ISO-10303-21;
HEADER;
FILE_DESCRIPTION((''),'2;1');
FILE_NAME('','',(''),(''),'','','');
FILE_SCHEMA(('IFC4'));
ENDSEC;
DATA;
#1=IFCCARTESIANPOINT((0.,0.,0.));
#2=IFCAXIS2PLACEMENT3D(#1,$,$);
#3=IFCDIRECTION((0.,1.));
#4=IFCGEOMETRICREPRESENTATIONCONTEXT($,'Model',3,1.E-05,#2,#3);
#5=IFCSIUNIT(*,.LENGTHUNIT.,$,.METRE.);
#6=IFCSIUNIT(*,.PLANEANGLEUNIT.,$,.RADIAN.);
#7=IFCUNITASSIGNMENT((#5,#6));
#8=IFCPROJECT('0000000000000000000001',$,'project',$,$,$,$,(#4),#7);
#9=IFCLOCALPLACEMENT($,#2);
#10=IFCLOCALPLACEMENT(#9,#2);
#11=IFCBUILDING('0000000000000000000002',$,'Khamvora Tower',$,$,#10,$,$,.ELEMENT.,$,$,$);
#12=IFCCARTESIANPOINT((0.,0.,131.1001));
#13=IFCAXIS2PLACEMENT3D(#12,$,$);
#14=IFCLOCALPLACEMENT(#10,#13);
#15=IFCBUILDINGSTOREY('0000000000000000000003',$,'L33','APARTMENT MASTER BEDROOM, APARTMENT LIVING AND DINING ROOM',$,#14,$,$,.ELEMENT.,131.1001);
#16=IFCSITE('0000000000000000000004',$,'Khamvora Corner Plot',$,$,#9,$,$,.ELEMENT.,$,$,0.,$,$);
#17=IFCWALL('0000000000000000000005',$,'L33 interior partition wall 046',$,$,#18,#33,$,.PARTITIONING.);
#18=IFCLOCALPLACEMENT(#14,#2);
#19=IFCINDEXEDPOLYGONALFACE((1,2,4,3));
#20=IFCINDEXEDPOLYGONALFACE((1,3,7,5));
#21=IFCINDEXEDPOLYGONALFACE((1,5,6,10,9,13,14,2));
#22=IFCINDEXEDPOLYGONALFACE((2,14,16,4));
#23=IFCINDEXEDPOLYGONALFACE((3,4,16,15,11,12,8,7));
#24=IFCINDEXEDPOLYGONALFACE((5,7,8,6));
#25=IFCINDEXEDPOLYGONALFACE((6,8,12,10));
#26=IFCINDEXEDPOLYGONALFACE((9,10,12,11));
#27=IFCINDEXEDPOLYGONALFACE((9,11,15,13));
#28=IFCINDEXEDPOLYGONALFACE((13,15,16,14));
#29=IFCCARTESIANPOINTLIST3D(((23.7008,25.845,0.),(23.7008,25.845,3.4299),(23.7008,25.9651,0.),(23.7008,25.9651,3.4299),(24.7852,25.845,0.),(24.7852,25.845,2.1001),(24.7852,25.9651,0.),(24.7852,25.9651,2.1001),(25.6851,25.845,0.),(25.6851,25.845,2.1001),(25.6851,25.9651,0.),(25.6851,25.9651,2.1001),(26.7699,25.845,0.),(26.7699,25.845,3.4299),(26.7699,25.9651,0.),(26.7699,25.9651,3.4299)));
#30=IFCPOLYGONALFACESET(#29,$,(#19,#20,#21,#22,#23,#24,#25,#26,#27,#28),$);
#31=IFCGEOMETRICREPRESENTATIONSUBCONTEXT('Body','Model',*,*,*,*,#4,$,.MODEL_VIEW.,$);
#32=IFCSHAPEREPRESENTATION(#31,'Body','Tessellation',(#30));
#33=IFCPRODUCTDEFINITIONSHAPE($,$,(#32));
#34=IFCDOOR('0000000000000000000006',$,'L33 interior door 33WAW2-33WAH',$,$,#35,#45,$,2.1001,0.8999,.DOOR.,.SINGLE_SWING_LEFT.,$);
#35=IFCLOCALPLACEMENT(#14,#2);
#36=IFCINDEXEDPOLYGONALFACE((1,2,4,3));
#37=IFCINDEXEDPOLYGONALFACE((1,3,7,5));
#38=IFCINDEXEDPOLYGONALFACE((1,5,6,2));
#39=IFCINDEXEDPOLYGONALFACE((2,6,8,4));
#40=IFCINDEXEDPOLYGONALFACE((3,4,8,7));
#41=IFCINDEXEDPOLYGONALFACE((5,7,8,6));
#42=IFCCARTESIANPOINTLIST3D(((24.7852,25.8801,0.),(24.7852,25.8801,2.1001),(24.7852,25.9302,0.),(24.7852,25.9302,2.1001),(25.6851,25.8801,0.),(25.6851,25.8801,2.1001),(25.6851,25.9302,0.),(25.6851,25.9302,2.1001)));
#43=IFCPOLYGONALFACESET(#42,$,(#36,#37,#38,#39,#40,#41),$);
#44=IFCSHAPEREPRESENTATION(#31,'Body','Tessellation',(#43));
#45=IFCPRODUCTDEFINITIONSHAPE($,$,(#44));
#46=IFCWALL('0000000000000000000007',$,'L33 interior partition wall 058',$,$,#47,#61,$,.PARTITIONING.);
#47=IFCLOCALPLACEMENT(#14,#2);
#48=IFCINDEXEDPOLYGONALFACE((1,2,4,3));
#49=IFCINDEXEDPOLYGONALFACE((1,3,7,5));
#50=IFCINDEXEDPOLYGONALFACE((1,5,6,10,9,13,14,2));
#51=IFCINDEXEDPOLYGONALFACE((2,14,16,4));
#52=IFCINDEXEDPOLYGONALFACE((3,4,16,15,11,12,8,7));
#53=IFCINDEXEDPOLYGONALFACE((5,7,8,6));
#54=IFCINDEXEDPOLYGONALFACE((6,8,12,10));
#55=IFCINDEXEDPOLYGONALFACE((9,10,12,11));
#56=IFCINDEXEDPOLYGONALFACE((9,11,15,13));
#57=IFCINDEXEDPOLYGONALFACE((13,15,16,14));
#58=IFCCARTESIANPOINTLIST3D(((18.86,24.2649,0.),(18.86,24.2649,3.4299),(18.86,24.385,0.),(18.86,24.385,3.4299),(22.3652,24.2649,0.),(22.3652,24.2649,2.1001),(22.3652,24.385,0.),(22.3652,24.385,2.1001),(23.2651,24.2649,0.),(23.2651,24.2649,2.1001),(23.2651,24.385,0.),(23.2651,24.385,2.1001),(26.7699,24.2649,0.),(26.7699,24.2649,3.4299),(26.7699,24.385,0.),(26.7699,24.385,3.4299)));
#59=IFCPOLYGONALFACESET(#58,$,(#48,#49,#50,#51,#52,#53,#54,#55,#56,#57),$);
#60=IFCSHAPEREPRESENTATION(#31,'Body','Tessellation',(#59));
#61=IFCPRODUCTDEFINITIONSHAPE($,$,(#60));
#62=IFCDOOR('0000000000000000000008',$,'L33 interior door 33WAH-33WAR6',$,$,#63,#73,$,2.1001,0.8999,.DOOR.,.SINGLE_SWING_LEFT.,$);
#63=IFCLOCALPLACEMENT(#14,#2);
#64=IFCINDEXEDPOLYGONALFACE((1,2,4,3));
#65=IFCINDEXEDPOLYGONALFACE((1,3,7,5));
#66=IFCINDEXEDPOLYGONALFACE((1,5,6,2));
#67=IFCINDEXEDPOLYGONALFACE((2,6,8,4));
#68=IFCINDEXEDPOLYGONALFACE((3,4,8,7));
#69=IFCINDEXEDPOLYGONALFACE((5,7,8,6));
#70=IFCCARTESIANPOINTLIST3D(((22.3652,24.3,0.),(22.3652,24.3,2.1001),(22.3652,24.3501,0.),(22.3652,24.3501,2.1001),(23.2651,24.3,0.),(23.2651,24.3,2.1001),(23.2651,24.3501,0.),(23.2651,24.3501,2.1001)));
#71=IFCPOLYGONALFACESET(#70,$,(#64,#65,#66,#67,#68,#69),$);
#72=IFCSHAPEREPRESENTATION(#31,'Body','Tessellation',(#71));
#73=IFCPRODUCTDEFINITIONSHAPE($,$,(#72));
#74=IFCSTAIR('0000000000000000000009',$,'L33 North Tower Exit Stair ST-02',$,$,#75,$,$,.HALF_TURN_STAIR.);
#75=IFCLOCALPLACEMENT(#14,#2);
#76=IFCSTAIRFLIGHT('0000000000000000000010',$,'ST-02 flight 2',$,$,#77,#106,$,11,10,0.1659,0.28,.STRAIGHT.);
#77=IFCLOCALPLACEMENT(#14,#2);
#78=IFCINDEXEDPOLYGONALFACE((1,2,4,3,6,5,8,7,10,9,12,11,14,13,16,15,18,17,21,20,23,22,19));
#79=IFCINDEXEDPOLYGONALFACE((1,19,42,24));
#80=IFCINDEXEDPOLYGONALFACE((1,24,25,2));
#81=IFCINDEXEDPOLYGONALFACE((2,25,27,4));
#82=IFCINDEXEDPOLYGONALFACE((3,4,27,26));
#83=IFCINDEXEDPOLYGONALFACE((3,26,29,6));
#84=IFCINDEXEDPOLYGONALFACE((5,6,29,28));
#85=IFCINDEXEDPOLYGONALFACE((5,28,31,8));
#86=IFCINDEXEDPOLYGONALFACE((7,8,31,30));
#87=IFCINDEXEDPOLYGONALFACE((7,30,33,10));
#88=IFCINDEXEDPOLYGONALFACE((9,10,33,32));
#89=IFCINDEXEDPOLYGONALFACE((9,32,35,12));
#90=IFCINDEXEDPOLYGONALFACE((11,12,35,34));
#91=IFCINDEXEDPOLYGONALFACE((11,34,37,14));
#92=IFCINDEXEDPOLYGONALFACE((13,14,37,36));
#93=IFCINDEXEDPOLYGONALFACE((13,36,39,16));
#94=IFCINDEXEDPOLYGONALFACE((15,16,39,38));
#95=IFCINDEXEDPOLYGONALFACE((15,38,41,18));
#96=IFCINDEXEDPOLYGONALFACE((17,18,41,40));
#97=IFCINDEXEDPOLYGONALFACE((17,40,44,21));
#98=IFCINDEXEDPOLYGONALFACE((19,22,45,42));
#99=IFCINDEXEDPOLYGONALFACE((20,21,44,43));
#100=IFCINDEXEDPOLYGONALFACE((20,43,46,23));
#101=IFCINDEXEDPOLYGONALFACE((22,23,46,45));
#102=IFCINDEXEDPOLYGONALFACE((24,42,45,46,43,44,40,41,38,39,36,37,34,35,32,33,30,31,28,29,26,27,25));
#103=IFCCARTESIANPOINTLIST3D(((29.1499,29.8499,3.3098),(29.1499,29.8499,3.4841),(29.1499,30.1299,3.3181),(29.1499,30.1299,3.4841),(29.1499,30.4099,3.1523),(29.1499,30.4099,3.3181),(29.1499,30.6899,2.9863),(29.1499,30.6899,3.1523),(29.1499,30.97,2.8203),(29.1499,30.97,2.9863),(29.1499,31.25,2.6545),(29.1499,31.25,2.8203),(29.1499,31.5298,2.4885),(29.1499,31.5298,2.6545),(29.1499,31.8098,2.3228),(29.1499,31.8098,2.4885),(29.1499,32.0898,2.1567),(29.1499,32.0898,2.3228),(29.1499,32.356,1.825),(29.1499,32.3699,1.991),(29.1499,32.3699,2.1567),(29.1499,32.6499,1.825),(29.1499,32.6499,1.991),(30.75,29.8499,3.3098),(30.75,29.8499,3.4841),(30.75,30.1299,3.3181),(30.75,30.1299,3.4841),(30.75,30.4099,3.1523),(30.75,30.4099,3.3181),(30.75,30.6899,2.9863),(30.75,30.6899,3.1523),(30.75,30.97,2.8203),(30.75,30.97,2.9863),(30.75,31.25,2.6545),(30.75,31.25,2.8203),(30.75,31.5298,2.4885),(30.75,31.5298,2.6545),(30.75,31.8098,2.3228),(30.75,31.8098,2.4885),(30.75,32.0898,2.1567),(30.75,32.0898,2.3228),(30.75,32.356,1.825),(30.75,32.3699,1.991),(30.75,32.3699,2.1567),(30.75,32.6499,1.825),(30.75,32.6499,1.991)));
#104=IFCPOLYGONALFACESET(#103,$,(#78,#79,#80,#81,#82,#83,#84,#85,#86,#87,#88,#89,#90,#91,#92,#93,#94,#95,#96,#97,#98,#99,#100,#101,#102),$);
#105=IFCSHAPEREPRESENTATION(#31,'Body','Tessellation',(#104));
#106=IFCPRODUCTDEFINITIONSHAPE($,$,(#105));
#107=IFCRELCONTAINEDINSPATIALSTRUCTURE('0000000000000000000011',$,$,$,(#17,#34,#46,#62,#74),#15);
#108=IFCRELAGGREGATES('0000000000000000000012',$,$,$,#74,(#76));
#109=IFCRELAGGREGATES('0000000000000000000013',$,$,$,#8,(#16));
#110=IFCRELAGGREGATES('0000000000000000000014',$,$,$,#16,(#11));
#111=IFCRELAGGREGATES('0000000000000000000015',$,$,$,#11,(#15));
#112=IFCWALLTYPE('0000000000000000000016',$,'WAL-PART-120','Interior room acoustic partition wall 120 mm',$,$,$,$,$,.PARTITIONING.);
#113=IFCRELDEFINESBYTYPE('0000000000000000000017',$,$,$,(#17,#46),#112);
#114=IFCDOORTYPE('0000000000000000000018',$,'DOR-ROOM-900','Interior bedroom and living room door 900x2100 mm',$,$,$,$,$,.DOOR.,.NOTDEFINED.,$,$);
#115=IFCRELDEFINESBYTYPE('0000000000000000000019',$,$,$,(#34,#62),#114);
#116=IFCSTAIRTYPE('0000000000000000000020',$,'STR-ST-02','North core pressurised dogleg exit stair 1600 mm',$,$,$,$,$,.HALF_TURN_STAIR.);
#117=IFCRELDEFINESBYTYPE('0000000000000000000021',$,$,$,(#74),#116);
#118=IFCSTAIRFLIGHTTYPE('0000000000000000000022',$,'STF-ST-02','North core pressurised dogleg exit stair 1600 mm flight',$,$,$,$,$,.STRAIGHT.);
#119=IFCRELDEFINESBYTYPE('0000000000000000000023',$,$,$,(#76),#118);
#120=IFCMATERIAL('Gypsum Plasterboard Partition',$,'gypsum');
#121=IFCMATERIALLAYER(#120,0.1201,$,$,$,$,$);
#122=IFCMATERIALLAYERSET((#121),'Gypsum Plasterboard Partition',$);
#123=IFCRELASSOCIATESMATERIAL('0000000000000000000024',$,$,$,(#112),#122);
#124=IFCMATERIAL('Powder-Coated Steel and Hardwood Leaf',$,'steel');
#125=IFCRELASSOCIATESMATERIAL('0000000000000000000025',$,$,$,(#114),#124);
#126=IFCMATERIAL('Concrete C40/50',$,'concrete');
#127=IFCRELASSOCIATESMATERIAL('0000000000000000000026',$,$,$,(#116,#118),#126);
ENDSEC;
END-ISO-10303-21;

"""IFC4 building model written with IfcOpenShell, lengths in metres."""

from ifc_helpers import new_model, si_unit, direction, frame, frame_2d, origin, place, context, subcontext, project, spatial, polyline, rectangle, outline, extrude, material, layer, layer_set, type_object, element, fill, aggregate, save


model = new_model("IFC4")

# Units and contexts
model_context = context("Model", 3, precision=1e-05, world=origin(), true_north=direction((0.0, 1.0)))
body_context = subcontext(model_context, "Body", "Model", "MODEL_VIEW")
ifc_project = project(units=[si_unit("LENGTHUNIT", "METRE"), si_unit("PLANEANGLEUNIT", "RADIAN")], contexts=[model_context])

# Site, building, storey
site_placement = place(None, origin())
site = spatial("IfcSite", under=ifc_project, at=site_placement, Name="Khamvora Corner Plot", CompositionType="ELEMENT", RefElevation=0.0)
building_placement = place(site_placement, origin())
building = spatial("IfcBuilding", under=site, at=building_placement, Name="Khamvora Tower", CompositionType="ELEMENT")
storey_placement = place(building_placement, frame((0.0, 0.0, 131.1001)))
storey = spatial("IfcBuildingStorey", under=building, at=storey_placement, Name="L33", Description="APARTMENT MASTER BEDROOM, APARTMENT LIVING AND DINING ROOM", CompositionType="ELEMENT", Elevation=131.1001)

# Walls, openings, doors
ifc_material_1 = material(Name="Gypsum Plasterboard Partition", Category="gypsum")
ifc_layer_1 = layer(ifc_material_1, 0.1201)
ifc_layer_set_1 = layer_set([ifc_layer_1], Name="Gypsum Plasterboard Partition")
wall_type_1 = type_object("IfcWallType", Name="WAL-PART-120", Description="Interior room acoustic partition wall 120 mm", PredefinedType="PARTITIONING", material=ifc_layer_set_1)
wall_1_placement = place(storey_placement, frame((26.77, 25.905, 0.0), z_axis=(0.0, 0.0, 1.0), x_axis=(-1.0, 0.0, 0.0)))
wall_1 = element("IfcWall", 1, at=wall_1_placement, inside=storey, type_object=wall_type_1, Name="L33 interior partition wall 046", PredefinedType="PARTITIONING", context=body_context, shape_type="SweptSolid", body=[
    extrude(rectangle(XDim=3.0691, YDim=0.1201, at=frame_2d((1.5347, 0.0))), origin(), (0.0, 0.0, 1.0), 3.4299),
])
opening_1_placement = place(wall_1_placement, frame((1.085, 0.0, 0.0)))
opening_1 = element("IfcOpeningElement", 2, at=opening_1_placement, cuts=wall_1, PredefinedType="OPENING", context=body_context, shape_type="SweptSolid", body=[
    extrude(rectangle(XDim=0.8999, YDim=2.1001, at=frame_2d((0.45, 1.05))), frame((0.0, 0.0701, 0.0), z_axis=(0.0, -1.0, 0.0), x_axis=(1.0, 0.0, 0.0)), (0.0, 0.0, 1.0), 0.1401),
])
ifc_material_2 = material(Name="Powder-Coated Steel and Hardwood Leaf", Category="steel")
door_type = type_object("IfcDoorType", Name="DOR-ROOM-900", Description="Interior bedroom and living room door 900x2100 mm", OperationType="NOTDEFINED", PredefinedType="DOOR", material=ifc_material_2)
door_1_placement = place(opening_1_placement, origin())
door_1 = element("IfcDoor", 3, at=door_1_placement, inside=storey, type_object=door_type, Name="L33 interior door 33WAW2-33WAH", OperationType="SINGLE_SWING_LEFT", OverallHeight=2.1001, OverallWidth=0.8999, PredefinedType="DOOR", context=body_context, shape_type="SweptSolid", body=[
    extrude(rectangle(XDim=0.8999, YDim=2.1001, at=frame_2d((0.45, 1.05))), frame((0.0, 0.0249, 0.0), z_axis=(0.0, -1.0, 0.0), x_axis=(1.0, 0.0, 0.0)), (0.0, 0.0, 1.0), 0.05),
])
fill(opening_1, door_1)
wall_2_placement = place(storey_placement, frame((26.77, 24.325, 0.0), z_axis=(0.0, 0.0, 1.0), x_axis=(-1.0, 0.0, 0.0)))
wall_2 = element("IfcWall", 4, at=wall_2_placement, inside=storey, type_object=wall_type_1, Name="L33 interior partition wall 058", PredefinedType="PARTITIONING", context=body_context, shape_type="SweptSolid", body=[
    extrude(rectangle(XDim=7.9099, YDim=0.1201, at=frame_2d((3.9551, 0.0))), origin(), (0.0, 0.0, 1.0), 3.4299),
])
opening_2_placement = place(wall_2_placement, frame((3.5049, 0.0, 0.0)))
opening_2 = element("IfcOpeningElement", 5, at=opening_2_placement, cuts=wall_2, PredefinedType="OPENING", context=body_context, shape_type="SweptSolid", body=[
    extrude(rectangle(XDim=0.8999, YDim=2.1001, at=frame_2d((0.45, 1.05))), frame((0.0, 0.0701, 0.0), z_axis=(0.0, -1.0, 0.0), x_axis=(1.0, 0.0, 0.0)), (0.0, 0.0, 1.0), 0.1401),
])
door_2_placement = place(opening_2_placement, origin())
door_2 = element("IfcDoor", 6, at=door_2_placement, inside=storey, type_object=door_type, Name="L33 interior door 33WAH-33WAR6", OperationType="SINGLE_SWING_LEFT", OverallHeight=2.1001, OverallWidth=0.8999, PredefinedType="DOOR", context=body_context, shape_type="SweptSolid", body=[
    extrude(rectangle(XDim=0.8999, YDim=2.1001, at=frame_2d((0.45, 1.05))), frame((0.0, 0.0249, 0.0), z_axis=(0.0, -1.0, 0.0), x_axis=(1.0, 0.0, 0.0)), (0.0, 0.0, 1.0), 0.05),
])
fill(opening_2, door_2)

# Stair, stair flight
ifc_material_3 = material(Name="Concrete C40/50", Category="concrete")
stair_type = type_object("IfcStairType", Name="STR-ST-02", Description="North core pressurised dogleg exit stair 1600 mm", PredefinedType="HALF_TURN_STAIR", material=ifc_material_3)
stair_placement = place(storey_placement, origin())
stair = element("IfcStair", 7, at=stair_placement, inside=storey, type_object=stair_type, Name="L33 North Tower Exit Stair ST-02", PredefinedType="HALF_TURN_STAIR")
stair_flight_type = type_object("IfcStairFlightType", Name="STF-ST-02", Description="North core pressurised dogleg exit stair 1600 mm flight", PredefinedType="STRAIGHT", material=ifc_material_3)
stair_flight_placement = place(storey_placement, frame((29.95, 32.6499, 1.825), z_axis=(0.0, 0.0, 1.0), x_axis=(0.0, -1.0, 0.0)))
stair_flight = element("IfcStairFlight", 8, at=stair_flight_placement, type_object=stair_flight_type, Name="ST-02 flight 2", NumberOfRisers=11, NumberOfTreads=10, PredefinedType="STRAIGHT", RiserHeight=0.1659, TreadLength=0.28, context=body_context, shape_type="SweptSolid", body=[
    extrude(outline(polyline([(0.0, 0.0), (0.0, 0.166), (0.28, 0.166), (0.28, 0.3318), (0.5601, 0.3318), (0.5601, 0.4978), (0.8401, 0.4978), (0.8401, 0.6636), (1.1201, 0.6636), (1.1201, 0.8296), (1.3999, 0.8296), (1.3999, 0.9954), (1.6799, 0.9954), (1.6799, 1.1614), (1.96, 1.1614), (1.96, 1.3274), (2.24, 1.3274), (2.24, 1.4932), (2.52, 1.4932), (2.52, 1.6592), (2.8, 1.6592), (2.8, 1.825), (2.8, 1.4849), (0.2939, 0.0), (0.0, 0.0)])), frame((0.0, 0.8, 0.0), z_axis=(0.0, -1.0, 0.0), x_axis=(1.0, 0.0, 0.0)), (0.0, 0.0, 1.0), 1.6001),
])
aggregate(stair, [stair_flight])

save(model, "model.ifc")
